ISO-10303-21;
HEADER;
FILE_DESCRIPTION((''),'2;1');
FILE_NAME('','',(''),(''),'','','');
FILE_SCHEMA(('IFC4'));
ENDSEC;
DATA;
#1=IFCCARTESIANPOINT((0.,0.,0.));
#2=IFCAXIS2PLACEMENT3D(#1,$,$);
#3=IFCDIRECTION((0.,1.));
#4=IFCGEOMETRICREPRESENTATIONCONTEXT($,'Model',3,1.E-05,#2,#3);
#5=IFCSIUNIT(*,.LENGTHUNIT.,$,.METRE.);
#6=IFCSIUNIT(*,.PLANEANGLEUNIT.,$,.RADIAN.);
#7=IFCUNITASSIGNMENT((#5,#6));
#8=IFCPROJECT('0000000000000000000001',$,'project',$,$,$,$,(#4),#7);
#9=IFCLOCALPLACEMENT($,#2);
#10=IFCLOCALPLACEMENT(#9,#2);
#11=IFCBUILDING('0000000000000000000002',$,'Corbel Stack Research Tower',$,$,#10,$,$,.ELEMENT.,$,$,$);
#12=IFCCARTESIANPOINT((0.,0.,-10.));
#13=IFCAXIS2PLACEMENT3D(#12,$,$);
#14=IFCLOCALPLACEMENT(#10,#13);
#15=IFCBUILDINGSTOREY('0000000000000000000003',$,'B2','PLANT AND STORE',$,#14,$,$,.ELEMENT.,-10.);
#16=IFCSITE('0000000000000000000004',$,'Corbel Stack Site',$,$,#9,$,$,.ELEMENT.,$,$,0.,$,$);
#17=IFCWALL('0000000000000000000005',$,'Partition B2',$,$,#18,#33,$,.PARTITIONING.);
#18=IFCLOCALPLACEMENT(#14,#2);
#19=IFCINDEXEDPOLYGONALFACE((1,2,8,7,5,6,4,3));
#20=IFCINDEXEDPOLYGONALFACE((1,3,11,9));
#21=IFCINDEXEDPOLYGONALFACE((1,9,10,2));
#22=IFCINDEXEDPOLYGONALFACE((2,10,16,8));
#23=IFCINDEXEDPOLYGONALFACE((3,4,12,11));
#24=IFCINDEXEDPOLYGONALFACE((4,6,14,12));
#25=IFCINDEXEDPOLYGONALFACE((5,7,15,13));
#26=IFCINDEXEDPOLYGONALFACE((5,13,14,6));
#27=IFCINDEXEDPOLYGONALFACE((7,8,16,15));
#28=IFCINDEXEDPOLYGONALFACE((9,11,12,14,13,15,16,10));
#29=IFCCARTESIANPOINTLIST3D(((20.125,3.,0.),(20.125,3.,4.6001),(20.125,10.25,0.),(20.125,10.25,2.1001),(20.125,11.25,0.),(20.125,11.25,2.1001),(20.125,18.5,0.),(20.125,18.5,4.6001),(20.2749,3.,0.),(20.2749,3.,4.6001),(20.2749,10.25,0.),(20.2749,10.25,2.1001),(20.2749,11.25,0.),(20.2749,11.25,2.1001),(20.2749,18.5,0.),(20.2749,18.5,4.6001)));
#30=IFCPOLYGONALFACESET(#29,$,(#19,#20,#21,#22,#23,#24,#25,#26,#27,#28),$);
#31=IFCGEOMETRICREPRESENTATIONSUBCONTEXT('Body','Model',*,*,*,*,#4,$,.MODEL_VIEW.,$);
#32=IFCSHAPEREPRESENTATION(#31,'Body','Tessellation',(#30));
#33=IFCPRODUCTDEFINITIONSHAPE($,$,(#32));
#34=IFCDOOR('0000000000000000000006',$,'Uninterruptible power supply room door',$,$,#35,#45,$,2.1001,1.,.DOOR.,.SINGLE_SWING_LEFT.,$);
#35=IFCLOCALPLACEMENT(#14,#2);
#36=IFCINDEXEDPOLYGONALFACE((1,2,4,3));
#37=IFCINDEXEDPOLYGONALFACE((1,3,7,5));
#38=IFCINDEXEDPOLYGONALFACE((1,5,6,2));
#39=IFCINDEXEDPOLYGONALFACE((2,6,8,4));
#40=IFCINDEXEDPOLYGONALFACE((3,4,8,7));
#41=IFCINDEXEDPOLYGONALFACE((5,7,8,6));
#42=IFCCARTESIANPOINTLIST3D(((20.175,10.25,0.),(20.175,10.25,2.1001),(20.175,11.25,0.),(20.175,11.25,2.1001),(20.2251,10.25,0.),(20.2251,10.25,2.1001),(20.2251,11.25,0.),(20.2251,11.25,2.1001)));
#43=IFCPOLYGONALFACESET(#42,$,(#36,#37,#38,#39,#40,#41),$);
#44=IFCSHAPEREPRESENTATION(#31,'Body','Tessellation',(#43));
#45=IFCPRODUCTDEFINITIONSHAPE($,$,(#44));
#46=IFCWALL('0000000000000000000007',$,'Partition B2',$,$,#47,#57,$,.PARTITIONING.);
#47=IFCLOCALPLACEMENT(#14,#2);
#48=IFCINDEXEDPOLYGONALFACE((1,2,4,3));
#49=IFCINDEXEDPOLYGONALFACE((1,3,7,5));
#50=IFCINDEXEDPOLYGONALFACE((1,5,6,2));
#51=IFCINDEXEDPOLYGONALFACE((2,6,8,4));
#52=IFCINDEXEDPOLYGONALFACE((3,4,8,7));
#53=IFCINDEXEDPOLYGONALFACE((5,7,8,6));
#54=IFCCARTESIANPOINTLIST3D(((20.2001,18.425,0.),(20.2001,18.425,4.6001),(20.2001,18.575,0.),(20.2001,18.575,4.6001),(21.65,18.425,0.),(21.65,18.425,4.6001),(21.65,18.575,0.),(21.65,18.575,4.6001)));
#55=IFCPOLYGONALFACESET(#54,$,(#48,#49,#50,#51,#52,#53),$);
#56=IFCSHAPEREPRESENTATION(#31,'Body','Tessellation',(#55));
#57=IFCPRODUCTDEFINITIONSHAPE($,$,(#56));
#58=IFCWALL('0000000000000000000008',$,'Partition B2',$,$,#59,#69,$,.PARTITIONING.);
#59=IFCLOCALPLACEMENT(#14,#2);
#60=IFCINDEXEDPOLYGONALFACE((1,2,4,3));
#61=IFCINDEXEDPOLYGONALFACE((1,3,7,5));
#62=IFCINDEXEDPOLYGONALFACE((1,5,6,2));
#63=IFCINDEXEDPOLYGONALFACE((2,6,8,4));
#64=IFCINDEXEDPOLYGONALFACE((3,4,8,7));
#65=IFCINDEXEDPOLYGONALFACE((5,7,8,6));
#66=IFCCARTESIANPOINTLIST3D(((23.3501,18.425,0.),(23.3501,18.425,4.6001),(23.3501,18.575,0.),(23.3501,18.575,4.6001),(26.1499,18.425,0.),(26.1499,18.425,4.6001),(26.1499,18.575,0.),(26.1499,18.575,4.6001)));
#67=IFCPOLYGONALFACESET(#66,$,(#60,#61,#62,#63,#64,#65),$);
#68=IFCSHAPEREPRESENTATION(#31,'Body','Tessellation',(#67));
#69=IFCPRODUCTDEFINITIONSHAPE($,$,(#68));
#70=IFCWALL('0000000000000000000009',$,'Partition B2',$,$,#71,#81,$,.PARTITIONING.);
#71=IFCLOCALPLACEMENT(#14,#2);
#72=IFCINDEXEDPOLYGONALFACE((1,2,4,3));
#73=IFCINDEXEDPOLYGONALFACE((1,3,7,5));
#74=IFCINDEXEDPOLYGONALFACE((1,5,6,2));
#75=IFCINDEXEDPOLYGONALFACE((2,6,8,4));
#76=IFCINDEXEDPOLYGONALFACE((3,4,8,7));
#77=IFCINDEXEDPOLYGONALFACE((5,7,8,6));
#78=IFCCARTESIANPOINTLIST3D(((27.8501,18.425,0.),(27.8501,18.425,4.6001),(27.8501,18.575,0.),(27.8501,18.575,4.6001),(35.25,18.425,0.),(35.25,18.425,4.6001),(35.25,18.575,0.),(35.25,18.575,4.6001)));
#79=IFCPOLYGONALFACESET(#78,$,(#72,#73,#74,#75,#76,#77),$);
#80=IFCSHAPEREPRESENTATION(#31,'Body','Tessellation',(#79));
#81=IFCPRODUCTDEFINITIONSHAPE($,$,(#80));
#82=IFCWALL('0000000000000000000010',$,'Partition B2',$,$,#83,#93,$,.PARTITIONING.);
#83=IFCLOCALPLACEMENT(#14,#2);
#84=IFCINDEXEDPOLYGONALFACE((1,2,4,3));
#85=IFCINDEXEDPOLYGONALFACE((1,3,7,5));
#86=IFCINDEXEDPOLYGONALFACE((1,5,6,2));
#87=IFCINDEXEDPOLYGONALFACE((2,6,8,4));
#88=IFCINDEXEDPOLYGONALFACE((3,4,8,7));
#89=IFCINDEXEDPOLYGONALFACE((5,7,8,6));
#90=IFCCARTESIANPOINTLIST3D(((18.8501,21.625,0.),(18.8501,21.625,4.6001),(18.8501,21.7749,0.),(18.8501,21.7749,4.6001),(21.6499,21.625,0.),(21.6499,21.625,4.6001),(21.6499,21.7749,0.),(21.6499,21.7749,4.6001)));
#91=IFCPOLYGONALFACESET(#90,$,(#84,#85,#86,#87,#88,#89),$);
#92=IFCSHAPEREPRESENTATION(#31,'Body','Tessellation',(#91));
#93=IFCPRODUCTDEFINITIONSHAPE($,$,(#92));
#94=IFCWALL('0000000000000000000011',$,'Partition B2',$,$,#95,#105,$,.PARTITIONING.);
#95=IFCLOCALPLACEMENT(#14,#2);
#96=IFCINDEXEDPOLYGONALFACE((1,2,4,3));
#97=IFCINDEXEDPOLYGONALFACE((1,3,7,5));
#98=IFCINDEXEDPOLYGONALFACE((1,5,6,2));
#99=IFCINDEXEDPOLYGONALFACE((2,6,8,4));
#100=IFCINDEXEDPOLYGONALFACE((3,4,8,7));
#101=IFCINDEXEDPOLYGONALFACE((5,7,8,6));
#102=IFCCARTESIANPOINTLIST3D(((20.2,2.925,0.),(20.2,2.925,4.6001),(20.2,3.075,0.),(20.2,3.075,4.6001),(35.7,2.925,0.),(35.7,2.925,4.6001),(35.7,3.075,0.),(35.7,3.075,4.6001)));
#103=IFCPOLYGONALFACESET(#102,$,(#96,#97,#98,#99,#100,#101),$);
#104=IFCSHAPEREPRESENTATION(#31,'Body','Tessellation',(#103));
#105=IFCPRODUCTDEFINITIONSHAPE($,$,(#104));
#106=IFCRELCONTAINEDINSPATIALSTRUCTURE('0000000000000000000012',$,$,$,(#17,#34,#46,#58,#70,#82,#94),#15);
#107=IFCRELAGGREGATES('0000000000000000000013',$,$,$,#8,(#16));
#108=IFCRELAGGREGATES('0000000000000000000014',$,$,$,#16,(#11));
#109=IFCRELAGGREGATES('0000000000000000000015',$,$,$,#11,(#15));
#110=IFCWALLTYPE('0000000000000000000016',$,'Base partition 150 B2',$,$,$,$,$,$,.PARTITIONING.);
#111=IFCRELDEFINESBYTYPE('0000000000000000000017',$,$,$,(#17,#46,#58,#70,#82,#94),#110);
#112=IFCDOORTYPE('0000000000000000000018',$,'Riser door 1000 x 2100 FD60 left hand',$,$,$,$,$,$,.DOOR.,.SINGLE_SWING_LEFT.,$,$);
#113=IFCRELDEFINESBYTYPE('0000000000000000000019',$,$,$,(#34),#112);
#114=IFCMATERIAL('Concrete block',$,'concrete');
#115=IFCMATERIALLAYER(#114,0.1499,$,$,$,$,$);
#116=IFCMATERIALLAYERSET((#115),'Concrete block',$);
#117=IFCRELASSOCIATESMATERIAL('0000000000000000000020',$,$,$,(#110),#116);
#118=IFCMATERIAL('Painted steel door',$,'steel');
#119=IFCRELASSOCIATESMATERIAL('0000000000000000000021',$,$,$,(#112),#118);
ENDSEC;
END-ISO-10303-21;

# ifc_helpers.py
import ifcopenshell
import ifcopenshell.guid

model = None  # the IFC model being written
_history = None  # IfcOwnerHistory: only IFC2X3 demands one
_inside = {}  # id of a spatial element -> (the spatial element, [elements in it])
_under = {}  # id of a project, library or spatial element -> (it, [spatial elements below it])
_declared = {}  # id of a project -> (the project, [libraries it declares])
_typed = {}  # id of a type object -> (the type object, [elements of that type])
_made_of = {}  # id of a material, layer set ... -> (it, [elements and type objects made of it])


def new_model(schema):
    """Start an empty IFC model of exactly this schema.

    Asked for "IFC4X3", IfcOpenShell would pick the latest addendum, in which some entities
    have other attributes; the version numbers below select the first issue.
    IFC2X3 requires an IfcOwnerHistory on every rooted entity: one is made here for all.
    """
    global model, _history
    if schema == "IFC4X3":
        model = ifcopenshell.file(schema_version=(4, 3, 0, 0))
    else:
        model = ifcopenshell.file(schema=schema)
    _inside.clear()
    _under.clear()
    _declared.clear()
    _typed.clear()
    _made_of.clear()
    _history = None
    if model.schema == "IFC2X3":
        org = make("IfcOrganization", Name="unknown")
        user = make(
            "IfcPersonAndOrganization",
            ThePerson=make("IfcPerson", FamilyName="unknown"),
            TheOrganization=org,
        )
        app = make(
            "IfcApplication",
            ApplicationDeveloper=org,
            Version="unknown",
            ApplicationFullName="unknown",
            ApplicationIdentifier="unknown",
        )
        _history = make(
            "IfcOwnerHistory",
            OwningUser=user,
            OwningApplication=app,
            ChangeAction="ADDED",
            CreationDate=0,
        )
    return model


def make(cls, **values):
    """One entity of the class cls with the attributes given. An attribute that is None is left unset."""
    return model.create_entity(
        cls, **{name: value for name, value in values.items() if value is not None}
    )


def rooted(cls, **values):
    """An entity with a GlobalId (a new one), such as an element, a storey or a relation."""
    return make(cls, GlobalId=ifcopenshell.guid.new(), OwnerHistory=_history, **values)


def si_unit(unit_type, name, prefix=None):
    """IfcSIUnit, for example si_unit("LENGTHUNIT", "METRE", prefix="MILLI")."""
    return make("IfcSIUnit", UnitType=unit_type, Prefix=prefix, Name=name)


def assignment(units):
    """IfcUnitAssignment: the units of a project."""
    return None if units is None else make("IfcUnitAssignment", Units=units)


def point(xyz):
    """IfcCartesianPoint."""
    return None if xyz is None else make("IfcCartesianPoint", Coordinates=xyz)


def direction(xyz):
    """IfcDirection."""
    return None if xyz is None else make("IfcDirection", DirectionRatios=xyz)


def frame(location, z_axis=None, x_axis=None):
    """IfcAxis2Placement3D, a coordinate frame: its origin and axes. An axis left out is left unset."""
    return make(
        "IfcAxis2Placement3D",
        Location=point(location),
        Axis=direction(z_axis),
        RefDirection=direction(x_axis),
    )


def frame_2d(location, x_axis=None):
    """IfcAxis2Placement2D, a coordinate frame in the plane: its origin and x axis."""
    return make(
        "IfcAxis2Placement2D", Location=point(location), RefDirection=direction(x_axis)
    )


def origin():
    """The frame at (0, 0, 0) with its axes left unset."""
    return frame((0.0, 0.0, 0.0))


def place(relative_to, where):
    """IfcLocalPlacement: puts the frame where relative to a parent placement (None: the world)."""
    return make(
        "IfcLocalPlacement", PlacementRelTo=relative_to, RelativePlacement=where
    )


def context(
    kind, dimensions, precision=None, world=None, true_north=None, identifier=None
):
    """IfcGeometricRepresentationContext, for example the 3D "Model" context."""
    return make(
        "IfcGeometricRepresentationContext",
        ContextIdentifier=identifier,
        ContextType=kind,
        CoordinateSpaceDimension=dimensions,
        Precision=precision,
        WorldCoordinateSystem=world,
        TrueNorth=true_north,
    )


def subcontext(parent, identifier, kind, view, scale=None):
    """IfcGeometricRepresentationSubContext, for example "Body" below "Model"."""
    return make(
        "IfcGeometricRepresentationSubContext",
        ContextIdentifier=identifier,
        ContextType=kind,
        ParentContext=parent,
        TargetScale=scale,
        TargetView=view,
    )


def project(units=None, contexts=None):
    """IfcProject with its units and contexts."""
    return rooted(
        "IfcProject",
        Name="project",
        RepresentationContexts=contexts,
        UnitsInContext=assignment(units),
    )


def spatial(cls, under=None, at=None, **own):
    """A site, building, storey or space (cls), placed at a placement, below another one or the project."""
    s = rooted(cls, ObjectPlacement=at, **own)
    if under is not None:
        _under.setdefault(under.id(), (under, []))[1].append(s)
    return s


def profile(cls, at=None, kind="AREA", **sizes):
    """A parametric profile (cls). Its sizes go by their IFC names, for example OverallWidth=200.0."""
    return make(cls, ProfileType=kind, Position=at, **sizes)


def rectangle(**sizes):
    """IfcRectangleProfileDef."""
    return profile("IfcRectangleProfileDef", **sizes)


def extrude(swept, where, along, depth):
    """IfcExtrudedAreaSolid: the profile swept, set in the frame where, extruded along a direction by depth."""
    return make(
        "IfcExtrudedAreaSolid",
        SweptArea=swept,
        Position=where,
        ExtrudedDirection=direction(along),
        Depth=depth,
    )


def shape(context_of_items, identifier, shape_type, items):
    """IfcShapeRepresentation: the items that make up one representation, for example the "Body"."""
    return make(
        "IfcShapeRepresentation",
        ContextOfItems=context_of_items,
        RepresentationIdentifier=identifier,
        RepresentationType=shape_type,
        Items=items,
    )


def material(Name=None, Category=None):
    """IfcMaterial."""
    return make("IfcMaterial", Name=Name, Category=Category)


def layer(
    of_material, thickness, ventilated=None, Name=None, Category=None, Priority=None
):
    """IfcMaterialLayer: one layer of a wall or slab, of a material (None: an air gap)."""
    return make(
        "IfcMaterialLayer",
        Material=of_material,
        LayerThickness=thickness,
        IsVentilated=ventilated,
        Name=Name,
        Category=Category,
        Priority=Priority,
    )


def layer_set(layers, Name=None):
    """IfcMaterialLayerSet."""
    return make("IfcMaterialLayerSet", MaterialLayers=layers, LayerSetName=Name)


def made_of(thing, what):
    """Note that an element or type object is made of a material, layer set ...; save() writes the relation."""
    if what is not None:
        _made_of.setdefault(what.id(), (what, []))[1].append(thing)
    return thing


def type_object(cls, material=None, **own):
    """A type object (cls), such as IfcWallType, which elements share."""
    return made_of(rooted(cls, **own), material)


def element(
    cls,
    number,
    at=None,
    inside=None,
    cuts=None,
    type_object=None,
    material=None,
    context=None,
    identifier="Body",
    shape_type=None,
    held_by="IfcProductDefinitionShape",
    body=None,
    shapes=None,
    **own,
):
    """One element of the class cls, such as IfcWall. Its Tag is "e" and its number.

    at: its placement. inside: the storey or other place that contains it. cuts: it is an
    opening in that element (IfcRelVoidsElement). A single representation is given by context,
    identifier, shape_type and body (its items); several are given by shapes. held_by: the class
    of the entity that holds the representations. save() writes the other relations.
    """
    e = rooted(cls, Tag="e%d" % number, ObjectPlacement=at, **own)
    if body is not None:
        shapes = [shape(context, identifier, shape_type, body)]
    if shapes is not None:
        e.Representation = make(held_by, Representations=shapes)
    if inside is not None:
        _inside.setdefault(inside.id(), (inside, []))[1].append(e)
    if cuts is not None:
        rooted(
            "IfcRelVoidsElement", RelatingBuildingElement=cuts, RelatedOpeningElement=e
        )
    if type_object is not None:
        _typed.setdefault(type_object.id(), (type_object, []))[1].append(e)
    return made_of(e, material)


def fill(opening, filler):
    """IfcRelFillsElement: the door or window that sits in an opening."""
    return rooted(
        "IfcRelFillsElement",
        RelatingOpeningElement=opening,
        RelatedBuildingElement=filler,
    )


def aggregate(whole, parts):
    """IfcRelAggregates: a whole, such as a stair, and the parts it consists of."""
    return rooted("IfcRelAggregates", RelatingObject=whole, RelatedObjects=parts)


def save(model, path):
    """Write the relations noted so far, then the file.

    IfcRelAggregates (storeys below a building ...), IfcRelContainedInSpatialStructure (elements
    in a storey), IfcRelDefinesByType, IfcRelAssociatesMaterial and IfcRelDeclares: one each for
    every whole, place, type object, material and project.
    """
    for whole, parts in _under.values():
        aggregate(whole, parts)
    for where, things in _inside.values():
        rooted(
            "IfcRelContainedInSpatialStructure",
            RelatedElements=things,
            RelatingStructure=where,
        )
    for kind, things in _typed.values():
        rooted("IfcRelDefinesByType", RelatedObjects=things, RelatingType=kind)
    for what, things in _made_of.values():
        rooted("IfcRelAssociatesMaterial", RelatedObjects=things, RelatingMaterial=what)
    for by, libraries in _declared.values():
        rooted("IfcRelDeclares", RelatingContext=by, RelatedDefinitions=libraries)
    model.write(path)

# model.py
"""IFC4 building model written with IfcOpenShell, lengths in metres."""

from ifc_helpers import new_model, si_unit, direction, frame, frame_2d, origin, place, context, subcontext, project, spatial, rectangle, extrude, material, layer, layer_set, type_object, element, fill, save


model = new_model("IFC4")

# Units and contexts
model_context = context("Model", 3, precision=1e-05, world=origin(), true_north=direction((0.0, 1.0)))
body_context = subcontext(model_context, "Body", "Model", "MODEL_VIEW")
ifc_project = project(units=[si_unit("LENGTHUNIT", "METRE"), si_unit("PLANEANGLEUNIT", "RADIAN")], contexts=[model_context])

# Site, building, storey
site_placement = place(None, origin())
site = spatial("IfcSite", under=ifc_project, at=site_placement, Name="Corbel Stack Site", CompositionType="ELEMENT", RefElevation=0.0)
building_placement = place(site_placement, origin())
building = spatial("IfcBuilding", under=site, at=building_placement, Name="Corbel Stack Research Tower", CompositionType="ELEMENT")
storey_placement = place(building_placement, frame((0.0, 0.0, -10.0)))
storey = spatial("IfcBuildingStorey", under=building, at=storey_placement, Name="B2", Description="PLANT AND STORE", CompositionType="ELEMENT", Elevation=-10.0)

# Wall, opening, door
ifc_material_1 = material(Name="Concrete block", Category="concrete")
ifc_layer_1 = layer(ifc_material_1, 0.1499)
ifc_layer_set_1 = layer_set([ifc_layer_1], Name="Concrete block")
wall_type_1 = type_object("IfcWallType", Name="Base partition 150 B2", PredefinedType="PARTITIONING", material=ifc_layer_set_1)
wall_1_placement = place(storey_placement, frame((20.2, 3.0, 0.0), z_axis=(0.0, 0.0, 1.0), x_axis=(0.0, 1.0, 0.0)))
wall_1 = element("IfcWall", 1, at=wall_1_placement, inside=storey, type_object=wall_type_1, Name="Partition B2", PredefinedType="PARTITIONING", context=body_context, shape_type="SweptSolid", body=[
    extrude(rectangle(XDim=15.5, YDim=0.1499, at=frame_2d((7.75, 0.0))), origin(), (0.0, 0.0, 1.0), 4.6001),
])
opening_placement = place(wall_1_placement, frame((7.25, 0.0, 0.0)))
opening = element("IfcOpeningElement", 2, at=opening_placement, cuts=wall_1, PredefinedType="OPENING", context=body_context, shape_type="SweptSolid", body=[
    extrude(rectangle(XDim=1.0, YDim=2.1001, at=frame_2d((0.5, 1.05))), frame((0.0, 0.085, 0.0), z_axis=(0.0, -1.0, 0.0), x_axis=(1.0, 0.0, 0.0)), (0.0, 0.0, 1.0), 0.1699),
])
ifc_material_2 = material(Name="Painted steel door", Category="steel")
door_type = type_object("IfcDoorType", Name="Riser door 1000 x 2100 FD60 left hand", OperationType="SINGLE_SWING_LEFT", PredefinedType="DOOR", material=ifc_material_2)
door_placement = place(opening_placement, origin())
door = element("IfcDoor", 3, at=door_placement, inside=storey, type_object=door_type, Name="Uninterruptible power supply room door", OperationType="SINGLE_SWING_LEFT", OverallHeight=2.1001, OverallWidth=1.0, PredefinedType="DOOR", context=body_context, shape_type="SweptSolid", body=[
    extrude(rectangle(XDim=1.0, YDim=2.1001, at=frame_2d((0.5, 1.05))), frame((0.0, 0.0249, 0.0), z_axis=(0.0, -1.0, 0.0), x_axis=(1.0, 0.0, 0.0)), (0.0, 0.0, 1.0), 0.05),
])
fill(opening, door)

# Walls
wall_2_placement = place(storey_placement, frame((20.2, 18.5, 0.0), z_axis=(0.0, 0.0, 1.0), x_axis=(1.0, 0.0, 0.0)))
element("IfcWall", 4, at=wall_2_placement, inside=storey, type_object=wall_type_1, Name="Partition B2", PredefinedType="PARTITIONING", context=body_context, shape_type="SweptSolid", body=[
    extrude(rectangle(XDim=1.45, YDim=0.1499, at=frame_2d((0.7251, 0.0))), origin(), (0.0, 0.0, 1.0), 4.6001),
])
wall_3_placement = place(storey_placement, frame((23.3501, 18.5, 0.0), z_axis=(0.0, 0.0, 1.0), x_axis=(1.0, 0.0, 0.0)))
element("IfcWall", 5, at=wall_3_placement, inside=storey, type_object=wall_type_1, Name="Partition B2", PredefinedType="PARTITIONING", context=body_context, shape_type="SweptSolid", body=[
    extrude(rectangle(XDim=2.7998, YDim=0.1499, at=frame_2d((1.3999, 0.0))), origin(), (0.0, 0.0, 1.0), 4.6001),
])
wall_4_placement = place(storey_placement, frame((27.8501, 18.5, 0.0), z_axis=(0.0, 0.0, 1.0), x_axis=(1.0, 0.0, 0.0)))
element("IfcWall", 6, at=wall_4_placement, inside=storey, type_object=wall_type_1, Name="Partition B2", PredefinedType="PARTITIONING", context=body_context, shape_type="SweptSolid", body=[
    extrude(rectangle(XDim=7.3999, YDim=0.1499, at=frame_2d((3.7, 0.0))), origin(), (0.0, 0.0, 1.0), 4.6001),
])
wall_5_placement = place(storey_placement, frame((18.8501, 21.7, 0.0), z_axis=(0.0, 0.0, 1.0), x_axis=(1.0, 0.0, 0.0)))
element("IfcWall", 7, at=wall_5_placement, inside=storey, type_object=wall_type_1, Name="Partition B2", PredefinedType="PARTITIONING", context=body_context, shape_type="SweptSolid", body=[
    extrude(rectangle(XDim=2.7998, YDim=0.1499, at=frame_2d((1.3999, 0.0))), origin(), (0.0, 0.0, 1.0), 4.6001),
])
wall_6_placement = place(storey_placement, frame((20.2, 3.0, 0.0), z_axis=(0.0, 0.0, 1.0), x_axis=(1.0, 0.0, 0.0)))
element("IfcWall", 8, at=wall_6_placement, inside=storey, type_object=wall_type_1, Name="Partition B2", PredefinedType="PARTITIONING", context=body_context, shape_type="SweptSolid", body=[
    extrude(rectangle(XDim=15.5, YDim=0.1499, at=frame_2d((7.75, 0.0))), origin(), (0.0, 0.0, 1.0), 4.6001),
])

save(model, "model.ifc")
